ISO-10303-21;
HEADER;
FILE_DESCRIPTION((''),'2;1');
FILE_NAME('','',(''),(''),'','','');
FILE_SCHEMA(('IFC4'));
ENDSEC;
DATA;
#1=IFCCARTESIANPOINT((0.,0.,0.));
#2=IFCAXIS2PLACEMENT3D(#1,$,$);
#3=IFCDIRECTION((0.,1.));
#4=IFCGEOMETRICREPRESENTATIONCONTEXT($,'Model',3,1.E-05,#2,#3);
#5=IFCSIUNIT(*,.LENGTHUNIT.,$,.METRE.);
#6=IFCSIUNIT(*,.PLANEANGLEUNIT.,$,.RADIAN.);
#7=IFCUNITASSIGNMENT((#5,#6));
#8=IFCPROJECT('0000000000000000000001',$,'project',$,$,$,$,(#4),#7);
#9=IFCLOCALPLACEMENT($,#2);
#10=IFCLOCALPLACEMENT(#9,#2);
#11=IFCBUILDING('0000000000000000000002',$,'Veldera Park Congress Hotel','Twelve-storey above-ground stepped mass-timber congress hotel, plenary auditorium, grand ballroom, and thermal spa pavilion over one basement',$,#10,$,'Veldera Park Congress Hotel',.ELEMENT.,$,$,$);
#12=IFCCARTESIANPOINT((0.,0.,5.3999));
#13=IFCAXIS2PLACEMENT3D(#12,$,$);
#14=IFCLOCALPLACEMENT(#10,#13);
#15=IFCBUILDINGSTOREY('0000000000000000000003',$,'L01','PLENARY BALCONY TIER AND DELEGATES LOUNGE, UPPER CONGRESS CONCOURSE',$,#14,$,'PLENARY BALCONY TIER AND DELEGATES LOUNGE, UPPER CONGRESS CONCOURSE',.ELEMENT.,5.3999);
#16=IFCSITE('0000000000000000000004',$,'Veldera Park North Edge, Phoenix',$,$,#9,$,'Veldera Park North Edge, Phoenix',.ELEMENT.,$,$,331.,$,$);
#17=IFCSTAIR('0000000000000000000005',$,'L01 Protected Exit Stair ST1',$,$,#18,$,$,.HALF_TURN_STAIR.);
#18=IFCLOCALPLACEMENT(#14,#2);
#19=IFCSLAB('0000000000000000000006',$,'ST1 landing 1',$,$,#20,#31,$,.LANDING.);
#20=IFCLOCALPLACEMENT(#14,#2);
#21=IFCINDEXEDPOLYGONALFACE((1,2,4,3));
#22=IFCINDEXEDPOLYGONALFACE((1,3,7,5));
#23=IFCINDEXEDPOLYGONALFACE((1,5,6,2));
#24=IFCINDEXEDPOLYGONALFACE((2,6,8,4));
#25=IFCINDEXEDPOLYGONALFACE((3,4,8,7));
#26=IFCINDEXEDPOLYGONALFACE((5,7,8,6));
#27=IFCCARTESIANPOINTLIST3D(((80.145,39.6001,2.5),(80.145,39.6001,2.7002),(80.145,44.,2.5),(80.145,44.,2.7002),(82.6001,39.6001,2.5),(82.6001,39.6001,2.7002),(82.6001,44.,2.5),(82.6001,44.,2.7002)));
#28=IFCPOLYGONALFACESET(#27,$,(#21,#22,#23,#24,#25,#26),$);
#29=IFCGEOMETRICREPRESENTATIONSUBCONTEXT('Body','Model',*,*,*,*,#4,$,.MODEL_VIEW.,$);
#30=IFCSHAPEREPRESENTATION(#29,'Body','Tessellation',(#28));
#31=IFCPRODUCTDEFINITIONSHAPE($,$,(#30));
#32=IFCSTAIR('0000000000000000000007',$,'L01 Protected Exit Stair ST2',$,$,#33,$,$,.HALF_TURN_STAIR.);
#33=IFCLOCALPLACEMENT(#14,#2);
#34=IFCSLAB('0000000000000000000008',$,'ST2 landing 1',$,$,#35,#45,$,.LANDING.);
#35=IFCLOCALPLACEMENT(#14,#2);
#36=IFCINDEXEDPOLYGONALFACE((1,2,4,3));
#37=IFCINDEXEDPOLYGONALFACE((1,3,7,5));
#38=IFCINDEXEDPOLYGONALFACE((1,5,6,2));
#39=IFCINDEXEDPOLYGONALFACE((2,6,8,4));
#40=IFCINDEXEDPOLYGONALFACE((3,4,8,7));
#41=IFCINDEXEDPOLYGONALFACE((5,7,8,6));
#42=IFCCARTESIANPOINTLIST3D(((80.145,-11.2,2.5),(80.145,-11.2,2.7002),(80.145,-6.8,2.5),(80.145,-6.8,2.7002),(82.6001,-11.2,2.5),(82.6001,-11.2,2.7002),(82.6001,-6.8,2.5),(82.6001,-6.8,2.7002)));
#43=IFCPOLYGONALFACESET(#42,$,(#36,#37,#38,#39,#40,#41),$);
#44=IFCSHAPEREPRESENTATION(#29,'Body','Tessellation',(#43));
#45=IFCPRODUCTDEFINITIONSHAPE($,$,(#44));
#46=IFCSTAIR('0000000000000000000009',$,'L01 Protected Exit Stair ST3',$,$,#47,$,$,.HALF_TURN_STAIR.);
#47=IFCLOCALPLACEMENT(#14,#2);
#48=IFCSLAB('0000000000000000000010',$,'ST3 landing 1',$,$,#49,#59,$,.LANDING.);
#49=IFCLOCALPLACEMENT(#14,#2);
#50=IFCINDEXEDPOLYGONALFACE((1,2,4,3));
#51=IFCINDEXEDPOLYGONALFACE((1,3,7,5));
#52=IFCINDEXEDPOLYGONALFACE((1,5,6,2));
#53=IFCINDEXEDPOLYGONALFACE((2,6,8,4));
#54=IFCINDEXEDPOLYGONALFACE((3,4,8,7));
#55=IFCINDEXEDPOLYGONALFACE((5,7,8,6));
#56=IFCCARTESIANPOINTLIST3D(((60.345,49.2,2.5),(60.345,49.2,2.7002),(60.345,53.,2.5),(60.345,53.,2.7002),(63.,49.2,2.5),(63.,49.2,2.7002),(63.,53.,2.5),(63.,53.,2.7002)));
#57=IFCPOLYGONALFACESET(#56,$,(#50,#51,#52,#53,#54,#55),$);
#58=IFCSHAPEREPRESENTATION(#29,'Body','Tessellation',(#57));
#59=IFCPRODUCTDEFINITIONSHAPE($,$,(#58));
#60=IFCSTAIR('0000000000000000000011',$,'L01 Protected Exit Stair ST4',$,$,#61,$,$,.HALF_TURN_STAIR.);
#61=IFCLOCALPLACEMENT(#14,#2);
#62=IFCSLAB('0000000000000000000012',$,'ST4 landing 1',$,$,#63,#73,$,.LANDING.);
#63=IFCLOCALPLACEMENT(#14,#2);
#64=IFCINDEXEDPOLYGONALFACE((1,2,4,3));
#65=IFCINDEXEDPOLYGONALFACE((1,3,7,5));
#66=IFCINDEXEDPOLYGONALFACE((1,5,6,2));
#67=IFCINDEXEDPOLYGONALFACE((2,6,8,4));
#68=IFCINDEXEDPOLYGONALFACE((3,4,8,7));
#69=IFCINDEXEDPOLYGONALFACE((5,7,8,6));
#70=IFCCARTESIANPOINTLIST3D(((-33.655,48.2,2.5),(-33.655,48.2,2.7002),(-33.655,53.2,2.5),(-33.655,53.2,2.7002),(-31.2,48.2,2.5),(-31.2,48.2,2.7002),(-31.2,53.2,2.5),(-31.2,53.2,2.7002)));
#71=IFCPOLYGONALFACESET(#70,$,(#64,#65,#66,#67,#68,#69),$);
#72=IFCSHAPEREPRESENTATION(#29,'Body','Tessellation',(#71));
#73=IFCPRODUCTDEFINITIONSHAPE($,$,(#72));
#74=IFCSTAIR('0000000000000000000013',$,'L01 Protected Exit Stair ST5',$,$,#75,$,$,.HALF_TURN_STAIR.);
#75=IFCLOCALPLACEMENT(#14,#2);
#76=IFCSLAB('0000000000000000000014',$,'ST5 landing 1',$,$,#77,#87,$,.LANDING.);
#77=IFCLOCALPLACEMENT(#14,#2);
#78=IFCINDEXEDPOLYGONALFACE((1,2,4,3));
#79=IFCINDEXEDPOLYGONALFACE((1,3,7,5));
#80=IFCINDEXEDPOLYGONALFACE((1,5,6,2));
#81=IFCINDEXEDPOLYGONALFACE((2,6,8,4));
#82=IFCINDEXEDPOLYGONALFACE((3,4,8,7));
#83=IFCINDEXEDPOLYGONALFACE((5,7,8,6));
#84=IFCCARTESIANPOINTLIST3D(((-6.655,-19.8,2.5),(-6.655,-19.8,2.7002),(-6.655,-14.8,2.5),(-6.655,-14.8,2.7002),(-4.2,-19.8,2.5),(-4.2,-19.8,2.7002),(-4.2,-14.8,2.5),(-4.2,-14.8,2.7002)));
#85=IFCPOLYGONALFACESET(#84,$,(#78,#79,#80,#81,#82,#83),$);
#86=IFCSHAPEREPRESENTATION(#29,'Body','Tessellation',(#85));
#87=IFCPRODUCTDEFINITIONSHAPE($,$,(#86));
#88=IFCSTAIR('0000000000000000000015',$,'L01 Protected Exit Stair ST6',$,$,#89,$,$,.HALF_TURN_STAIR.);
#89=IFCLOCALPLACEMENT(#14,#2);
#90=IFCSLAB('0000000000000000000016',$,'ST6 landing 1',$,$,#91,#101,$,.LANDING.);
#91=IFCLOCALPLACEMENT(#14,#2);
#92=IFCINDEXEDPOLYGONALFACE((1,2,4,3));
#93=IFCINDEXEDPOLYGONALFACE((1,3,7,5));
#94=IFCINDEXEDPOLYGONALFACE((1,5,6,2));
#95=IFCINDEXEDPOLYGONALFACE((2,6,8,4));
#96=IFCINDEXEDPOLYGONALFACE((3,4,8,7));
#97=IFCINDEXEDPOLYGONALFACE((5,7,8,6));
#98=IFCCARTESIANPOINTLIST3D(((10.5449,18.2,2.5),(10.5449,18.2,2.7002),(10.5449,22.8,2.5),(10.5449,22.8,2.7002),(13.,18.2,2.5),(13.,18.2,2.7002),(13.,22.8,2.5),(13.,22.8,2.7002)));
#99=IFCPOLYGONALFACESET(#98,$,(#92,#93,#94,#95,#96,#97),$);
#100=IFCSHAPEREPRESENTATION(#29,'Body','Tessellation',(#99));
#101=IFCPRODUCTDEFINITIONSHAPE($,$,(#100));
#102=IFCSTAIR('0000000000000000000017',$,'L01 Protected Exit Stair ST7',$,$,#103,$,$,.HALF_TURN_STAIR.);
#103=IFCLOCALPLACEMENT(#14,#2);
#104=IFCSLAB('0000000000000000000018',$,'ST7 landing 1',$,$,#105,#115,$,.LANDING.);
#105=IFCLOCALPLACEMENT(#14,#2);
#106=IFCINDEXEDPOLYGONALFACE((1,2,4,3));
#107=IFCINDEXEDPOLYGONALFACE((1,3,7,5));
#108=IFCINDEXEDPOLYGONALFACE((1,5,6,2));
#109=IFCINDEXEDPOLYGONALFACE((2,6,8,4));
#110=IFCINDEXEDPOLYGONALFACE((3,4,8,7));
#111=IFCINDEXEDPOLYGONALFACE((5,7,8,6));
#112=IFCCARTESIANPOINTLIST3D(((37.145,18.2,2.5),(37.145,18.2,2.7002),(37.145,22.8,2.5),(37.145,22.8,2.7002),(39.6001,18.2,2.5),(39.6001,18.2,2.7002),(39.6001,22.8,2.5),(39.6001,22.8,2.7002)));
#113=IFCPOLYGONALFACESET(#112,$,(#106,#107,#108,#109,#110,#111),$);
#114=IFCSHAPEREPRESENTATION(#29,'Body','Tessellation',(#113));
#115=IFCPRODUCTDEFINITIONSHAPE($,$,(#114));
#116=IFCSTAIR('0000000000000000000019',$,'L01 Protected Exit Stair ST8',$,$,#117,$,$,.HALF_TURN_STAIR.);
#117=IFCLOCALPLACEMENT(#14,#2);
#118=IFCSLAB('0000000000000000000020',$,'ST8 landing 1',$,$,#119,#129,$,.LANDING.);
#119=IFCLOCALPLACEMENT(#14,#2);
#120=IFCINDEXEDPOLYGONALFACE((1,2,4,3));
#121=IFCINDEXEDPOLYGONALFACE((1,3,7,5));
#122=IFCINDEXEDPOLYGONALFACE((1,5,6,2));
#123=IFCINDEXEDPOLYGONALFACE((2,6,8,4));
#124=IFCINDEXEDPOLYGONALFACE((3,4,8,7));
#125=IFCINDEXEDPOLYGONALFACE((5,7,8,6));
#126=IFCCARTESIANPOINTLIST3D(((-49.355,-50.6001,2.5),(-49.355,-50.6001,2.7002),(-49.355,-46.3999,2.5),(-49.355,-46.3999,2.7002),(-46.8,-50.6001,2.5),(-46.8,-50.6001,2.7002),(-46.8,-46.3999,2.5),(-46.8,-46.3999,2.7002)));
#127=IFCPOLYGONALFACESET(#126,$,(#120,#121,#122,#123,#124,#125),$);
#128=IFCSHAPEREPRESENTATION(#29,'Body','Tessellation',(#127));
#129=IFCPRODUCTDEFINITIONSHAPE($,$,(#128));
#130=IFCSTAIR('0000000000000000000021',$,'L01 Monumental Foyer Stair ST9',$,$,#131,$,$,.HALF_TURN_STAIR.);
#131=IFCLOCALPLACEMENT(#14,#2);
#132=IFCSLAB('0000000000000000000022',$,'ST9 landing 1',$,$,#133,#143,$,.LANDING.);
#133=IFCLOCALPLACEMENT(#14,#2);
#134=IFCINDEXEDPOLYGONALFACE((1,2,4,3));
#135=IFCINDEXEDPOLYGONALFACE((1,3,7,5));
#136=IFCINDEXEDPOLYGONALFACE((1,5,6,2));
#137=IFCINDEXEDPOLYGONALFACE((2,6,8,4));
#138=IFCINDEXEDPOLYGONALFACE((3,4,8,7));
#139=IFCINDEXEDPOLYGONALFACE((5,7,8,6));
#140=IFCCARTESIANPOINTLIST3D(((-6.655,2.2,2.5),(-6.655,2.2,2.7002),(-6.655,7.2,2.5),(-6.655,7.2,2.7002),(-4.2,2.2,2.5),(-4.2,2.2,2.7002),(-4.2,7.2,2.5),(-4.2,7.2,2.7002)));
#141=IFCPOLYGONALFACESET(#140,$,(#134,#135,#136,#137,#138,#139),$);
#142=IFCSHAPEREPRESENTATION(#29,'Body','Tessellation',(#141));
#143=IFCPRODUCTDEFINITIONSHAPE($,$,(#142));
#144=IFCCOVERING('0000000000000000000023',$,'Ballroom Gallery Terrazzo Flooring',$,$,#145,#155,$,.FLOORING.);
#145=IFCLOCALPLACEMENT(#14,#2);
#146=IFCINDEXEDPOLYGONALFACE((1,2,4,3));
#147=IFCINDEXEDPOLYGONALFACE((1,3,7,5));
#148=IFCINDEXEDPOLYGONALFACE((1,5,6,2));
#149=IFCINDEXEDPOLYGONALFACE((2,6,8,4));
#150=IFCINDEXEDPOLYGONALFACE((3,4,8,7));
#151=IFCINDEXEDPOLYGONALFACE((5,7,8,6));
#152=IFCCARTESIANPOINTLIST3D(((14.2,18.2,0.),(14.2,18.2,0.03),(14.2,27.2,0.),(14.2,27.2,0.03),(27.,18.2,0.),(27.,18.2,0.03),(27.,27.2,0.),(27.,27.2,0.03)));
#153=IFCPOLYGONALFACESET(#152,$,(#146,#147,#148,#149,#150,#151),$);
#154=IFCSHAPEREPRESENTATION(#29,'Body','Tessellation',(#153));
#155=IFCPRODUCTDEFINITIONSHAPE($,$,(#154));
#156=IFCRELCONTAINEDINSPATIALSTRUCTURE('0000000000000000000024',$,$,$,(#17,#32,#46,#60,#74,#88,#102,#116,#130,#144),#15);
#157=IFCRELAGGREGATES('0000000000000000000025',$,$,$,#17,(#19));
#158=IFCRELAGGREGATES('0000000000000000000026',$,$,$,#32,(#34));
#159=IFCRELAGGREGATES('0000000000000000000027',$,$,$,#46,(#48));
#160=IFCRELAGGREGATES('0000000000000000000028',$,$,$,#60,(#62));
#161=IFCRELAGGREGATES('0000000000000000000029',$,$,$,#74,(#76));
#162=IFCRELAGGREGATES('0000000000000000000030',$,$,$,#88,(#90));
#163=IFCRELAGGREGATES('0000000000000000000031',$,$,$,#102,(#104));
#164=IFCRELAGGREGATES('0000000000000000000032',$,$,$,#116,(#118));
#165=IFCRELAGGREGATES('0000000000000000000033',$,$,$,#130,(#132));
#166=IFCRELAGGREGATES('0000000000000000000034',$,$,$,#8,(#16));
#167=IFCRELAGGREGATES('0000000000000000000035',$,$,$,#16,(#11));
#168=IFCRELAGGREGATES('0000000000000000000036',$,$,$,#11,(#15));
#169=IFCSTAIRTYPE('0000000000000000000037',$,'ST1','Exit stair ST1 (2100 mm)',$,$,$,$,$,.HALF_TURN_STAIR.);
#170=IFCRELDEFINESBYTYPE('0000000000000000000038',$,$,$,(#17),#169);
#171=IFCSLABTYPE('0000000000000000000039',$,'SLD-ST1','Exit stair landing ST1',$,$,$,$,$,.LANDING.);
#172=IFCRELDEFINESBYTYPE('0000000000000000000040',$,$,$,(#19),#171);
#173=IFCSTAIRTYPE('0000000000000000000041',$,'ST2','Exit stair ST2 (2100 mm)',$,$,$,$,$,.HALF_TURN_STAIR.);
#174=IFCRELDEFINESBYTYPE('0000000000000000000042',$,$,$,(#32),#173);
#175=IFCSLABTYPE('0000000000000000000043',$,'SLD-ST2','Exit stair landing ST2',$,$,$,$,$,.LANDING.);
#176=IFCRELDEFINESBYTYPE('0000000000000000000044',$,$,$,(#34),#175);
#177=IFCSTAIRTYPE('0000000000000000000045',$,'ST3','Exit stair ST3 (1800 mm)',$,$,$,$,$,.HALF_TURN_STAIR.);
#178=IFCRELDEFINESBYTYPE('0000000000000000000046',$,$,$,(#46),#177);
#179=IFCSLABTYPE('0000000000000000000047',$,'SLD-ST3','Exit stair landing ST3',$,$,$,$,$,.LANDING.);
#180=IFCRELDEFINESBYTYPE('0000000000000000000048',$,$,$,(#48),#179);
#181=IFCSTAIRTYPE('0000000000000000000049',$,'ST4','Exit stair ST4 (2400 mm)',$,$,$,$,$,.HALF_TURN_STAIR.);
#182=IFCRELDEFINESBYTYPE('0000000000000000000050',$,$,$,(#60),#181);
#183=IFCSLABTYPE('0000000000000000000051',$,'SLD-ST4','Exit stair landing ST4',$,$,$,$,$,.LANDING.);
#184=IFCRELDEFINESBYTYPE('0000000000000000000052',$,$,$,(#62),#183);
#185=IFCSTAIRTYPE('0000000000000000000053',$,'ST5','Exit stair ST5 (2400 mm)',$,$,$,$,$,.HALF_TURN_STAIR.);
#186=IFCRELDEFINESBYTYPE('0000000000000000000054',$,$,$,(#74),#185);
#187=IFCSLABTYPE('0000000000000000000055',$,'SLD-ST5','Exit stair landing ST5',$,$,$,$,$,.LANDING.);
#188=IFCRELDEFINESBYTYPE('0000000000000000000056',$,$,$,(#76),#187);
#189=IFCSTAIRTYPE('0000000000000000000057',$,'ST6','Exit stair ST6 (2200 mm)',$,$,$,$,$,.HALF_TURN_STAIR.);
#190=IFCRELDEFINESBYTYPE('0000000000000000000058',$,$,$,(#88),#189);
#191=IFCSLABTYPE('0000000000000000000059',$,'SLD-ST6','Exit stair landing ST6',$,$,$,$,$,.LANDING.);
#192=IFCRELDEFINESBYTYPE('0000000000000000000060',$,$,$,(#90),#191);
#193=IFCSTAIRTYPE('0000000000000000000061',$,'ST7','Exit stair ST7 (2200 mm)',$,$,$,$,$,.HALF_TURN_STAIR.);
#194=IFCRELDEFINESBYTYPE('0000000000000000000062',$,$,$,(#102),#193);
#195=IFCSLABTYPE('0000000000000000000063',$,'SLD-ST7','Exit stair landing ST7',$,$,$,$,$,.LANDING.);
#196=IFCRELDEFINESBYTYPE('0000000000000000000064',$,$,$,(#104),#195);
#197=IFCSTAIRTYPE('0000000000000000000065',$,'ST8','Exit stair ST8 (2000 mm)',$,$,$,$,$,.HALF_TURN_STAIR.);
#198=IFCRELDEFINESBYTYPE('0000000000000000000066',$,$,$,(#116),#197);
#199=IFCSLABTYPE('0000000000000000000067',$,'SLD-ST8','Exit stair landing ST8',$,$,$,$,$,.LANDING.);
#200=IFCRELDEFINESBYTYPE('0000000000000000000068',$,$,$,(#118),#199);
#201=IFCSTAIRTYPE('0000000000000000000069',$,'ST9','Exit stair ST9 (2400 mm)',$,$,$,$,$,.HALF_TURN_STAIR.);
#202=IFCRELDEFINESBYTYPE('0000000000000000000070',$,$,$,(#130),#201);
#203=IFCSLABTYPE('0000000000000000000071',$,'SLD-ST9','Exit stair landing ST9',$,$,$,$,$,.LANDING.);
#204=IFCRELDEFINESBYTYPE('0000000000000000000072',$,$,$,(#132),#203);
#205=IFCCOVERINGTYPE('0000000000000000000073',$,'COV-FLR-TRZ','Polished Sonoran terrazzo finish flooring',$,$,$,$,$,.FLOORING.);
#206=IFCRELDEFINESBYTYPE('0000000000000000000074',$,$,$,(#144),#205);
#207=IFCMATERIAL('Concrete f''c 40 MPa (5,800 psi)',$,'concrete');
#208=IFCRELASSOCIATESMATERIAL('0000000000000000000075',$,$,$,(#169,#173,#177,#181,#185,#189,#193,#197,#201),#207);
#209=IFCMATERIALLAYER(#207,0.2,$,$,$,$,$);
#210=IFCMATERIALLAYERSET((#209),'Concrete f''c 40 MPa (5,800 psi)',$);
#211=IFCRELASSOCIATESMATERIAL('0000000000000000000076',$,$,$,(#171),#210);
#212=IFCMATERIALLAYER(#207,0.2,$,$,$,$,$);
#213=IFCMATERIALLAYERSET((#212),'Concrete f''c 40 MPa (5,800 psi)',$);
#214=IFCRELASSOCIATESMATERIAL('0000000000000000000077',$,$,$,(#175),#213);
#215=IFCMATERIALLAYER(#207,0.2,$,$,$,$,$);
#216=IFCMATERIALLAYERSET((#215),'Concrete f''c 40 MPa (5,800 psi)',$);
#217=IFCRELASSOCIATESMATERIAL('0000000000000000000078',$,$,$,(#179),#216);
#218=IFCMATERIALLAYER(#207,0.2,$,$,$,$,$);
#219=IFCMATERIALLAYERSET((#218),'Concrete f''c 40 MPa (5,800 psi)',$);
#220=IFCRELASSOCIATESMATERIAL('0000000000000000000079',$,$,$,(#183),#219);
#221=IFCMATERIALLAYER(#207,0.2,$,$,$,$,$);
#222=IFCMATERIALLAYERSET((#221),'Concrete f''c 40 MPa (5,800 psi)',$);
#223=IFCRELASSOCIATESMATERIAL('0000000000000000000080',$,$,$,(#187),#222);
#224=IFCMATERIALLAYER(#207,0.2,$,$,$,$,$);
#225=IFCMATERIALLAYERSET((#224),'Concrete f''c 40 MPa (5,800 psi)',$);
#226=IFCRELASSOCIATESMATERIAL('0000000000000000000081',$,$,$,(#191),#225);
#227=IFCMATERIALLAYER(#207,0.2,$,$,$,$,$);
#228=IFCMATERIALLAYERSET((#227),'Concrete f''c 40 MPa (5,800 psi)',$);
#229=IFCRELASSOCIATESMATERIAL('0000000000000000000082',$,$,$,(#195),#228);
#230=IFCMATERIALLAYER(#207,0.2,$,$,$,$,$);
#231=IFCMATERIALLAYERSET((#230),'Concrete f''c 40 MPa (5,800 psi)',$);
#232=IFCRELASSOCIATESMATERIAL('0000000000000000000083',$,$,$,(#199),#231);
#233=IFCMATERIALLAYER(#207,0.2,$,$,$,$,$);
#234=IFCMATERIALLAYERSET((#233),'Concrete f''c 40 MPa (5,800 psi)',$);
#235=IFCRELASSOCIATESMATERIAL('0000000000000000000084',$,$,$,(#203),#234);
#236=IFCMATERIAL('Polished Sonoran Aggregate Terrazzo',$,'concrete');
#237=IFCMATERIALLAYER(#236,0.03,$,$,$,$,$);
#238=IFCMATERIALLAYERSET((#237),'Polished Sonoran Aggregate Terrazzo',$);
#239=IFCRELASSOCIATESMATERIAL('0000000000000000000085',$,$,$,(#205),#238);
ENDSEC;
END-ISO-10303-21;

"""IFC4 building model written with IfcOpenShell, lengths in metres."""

from ifc_helpers import new_model, si_unit, direction, frame, origin, place, context, subcontext, project, spatial, polyline, outline, extrude, material, layer, layer_set, type_object, element, aggregate, save


model = new_model("IFC4")

# Units and contexts
model_context = context("Model", 3, precision=1e-05, world=origin(), true_north=direction((0.0, 1.0)))
body_context = subcontext(model_context, "Body", "Model", "MODEL_VIEW")
ifc_project = project(units=[si_unit("LENGTHUNIT", "METRE"), si_unit("PLANEANGLEUNIT", "RADIAN")], contexts=[model_context])

# Site, building, storey
site_placement = place(None, origin())
site = spatial("IfcSite", under=ifc_project, at=site_placement, Name="Veldera Park North Edge, Phoenix", LongName="Veldera Park North Edge, Phoenix", CompositionType="ELEMENT", RefElevation=331.0)
building_placement = place(site_placement, origin())
building = spatial("IfcBuilding", under=site, at=building_placement, Name="Veldera Park Congress Hotel", Description="Twelve-storey above-ground stepped mass-timber congress hotel, plenary auditorium, grand ballroom, and thermal spa pavilion over one basement", LongName="Veldera Park Congress Hotel", CompositionType="ELEMENT")
storey_placement = place(building_placement, frame((0.0, 0.0, 5.3999)))
storey = spatial("IfcBuildingStorey", under=building, at=storey_placement, Name="L01", Description="PLENARY BALCONY TIER AND DELEGATES LOUNGE, UPPER CONGRESS CONCOURSE", LongName="PLENARY BALCONY TIER AND DELEGATES LOUNGE, UPPER CONGRESS CONCOURSE", CompositionType="ELEMENT", Elevation=5.3999)

# Shared definitions
ifc_material_1 = material(Name="Concrete f'c 40 MPa (5,800 psi)", Category="concrete")

# Stairs, slabs
stair_type_1 = type_object("IfcStairType", Name="ST1", Description="Exit stair ST1 (2100 mm)", PredefinedType="HALF_TURN_STAIR", material=ifc_material_1)
stair_1_placement = place(storey_placement, origin())
stair_1 = element("IfcStair", 1, at=stair_1_placement, inside=storey, type_object=stair_type_1, Name="L01 Protected Exit Stair ST1", PredefinedType="HALF_TURN_STAIR")
ifc_layer_1 = layer(ifc_material_1, 0.2)
ifc_layer_set_1 = layer_set([ifc_layer_1], Name="Concrete f'c 40 MPa (5,800 psi)")
slab_type_1 = type_object("IfcSlabType", Name="SLD-ST1", Description="Exit stair landing ST1", PredefinedType="LANDING", material=ifc_layer_set_1)
slab_1_placement = place(storey_placement, frame((0.0, 0.0, 2.5)))
slab_1 = element("IfcSlab", 2, at=slab_1_placement, type_object=slab_type_1, Name="ST1 landing 1", PredefinedType="LANDING", context=body_context, shape_type="SweptSolid", body=[
    extrude(outline(polyline([(80.145, 39.6001), (82.6001, 39.6001), (82.6001, 44.0), (80.145, 44.0), (80.145, 39.6001)])), origin(), (0.0, 0.0, 1.0), 0.2002),
])
aggregate(stair_1, [slab_1])
stair_type_2 = type_object("IfcStairType", Name="ST2", Description="Exit stair ST2 (2100 mm)", PredefinedType="HALF_TURN_STAIR", material=ifc_material_1)
stair_2_placement = place(storey_placement, origin())
stair_2 = element("IfcStair", 3, at=stair_2_placement, inside=storey, type_object=stair_type_2, Name="L01 Protected Exit Stair ST2", PredefinedType="HALF_TURN_STAIR")
ifc_layer_2 = layer(ifc_material_1, 0.2)
ifc_layer_set_2 = layer_set([ifc_layer_2], Name="Concrete f'c 40 MPa (5,800 psi)")
slab_type_2 = type_object("IfcSlabType", Name="SLD-ST2", Description="Exit stair landing ST2", PredefinedType="LANDING", material=ifc_layer_set_2)
slab_2_placement = place(storey_placement, frame((0.0, 0.0, 2.5)))
slab_2 = element("IfcSlab", 4, at=slab_2_placement, type_object=slab_type_2, Name="ST2 landing 1", PredefinedType="LANDING", context=body_context, shape_type="SweptSolid", body=[
    extrude(outline(polyline([(80.145, -11.2), (82.6001, -11.2), (82.6001, -6.8), (80.145, -6.8), (80.145, -11.2)])), origin(), (0.0, 0.0, 1.0), 0.2002),
])
aggregate(stair_2, [slab_2])
stair_type_3 = type_object("IfcStairType", Name="ST3", Description="Exit stair ST3 (1800 mm)", PredefinedType="HALF_TURN_STAIR", material=ifc_material_1)
stair_3_placement = place(storey_placement, origin())
stair_3 = element("IfcStair", 5, at=stair_3_placement, inside=storey, type_object=stair_type_3, Name="L01 Protected Exit Stair ST3", PredefinedType="HALF_TURN_STAIR")
ifc_layer_3 = layer(ifc_material_1, 0.2)
ifc_layer_set_3 = layer_set([ifc_layer_3], Name="Concrete f'c 40 MPa (5,800 psi)")
slab_type_3 = type_object("IfcSlabType", Name="SLD-ST3", Description="Exit stair landing ST3", PredefinedType="LANDING", material=ifc_layer_set_3)
slab_3_placement = place(storey_placement, frame((0.0, 0.0, 2.5)))
slab_3 = element("IfcSlab", 6, at=slab_3_placement, type_object=slab_type_3, Name="ST3 landing 1", PredefinedType="LANDING", context=body_context, shape_type="SweptSolid", body=[
    extrude(outline(polyline([(60.345, 49.2), (63.0, 49.2), (63.0, 53.0), (60.345, 53.0), (60.345, 49.2)])), origin(), (0.0, 0.0, 1.0), 0.2002),
])
aggregate(stair_3, [slab_3])
stair_type_4 = type_object("IfcStairType", Name="ST4", Description="Exit stair ST4 (2400 mm)", PredefinedType="HALF_TURN_STAIR", material=ifc_material_1)
stair_4_placement = place(storey_placement, origin())
stair_4 = element("IfcStair", 7, at=stair_4_placement, inside=storey, type_object=stair_type_4, Name="L01 Protected Exit Stair ST4", PredefinedType="HALF_TURN_STAIR")
ifc_layer_4 = layer(ifc_material_1, 0.2)
ifc_layer_set_4 = layer_set([ifc_layer_4], Name="Concrete f'c 40 MPa (5,800 psi)")
slab_type_4 = type_object("IfcSlabType", Name="SLD-ST4", Description="Exit stair landing ST4", PredefinedType="LANDING", material=ifc_layer_set_4)
slab_4_placement = place(storey_placement, frame((0.0, 0.0, 2.5)))
slab_4 = element("IfcSlab", 8, at=slab_4_placement, type_object=slab_type_4, Name="ST4 landing 1", PredefinedType="LANDING", context=body_context, shape_type="SweptSolid", body=[
    extrude(outline(polyline([(-33.655, 48.2), (-31.2, 48.2), (-31.2, 53.2), (-33.655, 53.2), (-33.655, 48.2)])), origin(), (0.0, 0.0, 1.0), 0.2002),
])
aggregate(stair_4, [slab_4])
stair_type_5 = type_object("IfcStairType", Name="ST5", Description="Exit stair ST5 (2400 mm)", PredefinedType="HALF_TURN_STAIR", material=ifc_material_1)
stair_5_placement = place(storey_placement, origin())
stair_5 = element("IfcStair", 9, at=stair_5_placement, inside=storey, type_object=stair_type_5, Name="L01 Protected Exit Stair ST5", PredefinedType="HALF_TURN_STAIR")
ifc_layer_5 = layer(ifc_material_1, 0.2)
ifc_layer_set_5 = layer_set([ifc_layer_5], Name="Concrete f'c 40 MPa (5,800 psi)")
slab_type_5 = type_object("IfcSlabType", Name="SLD-ST5", Description="Exit stair landing ST5", PredefinedType="LANDING", material=ifc_layer_set_5)
slab_5_placement = place(storey_placement, frame((0.0, 0.0, 2.5)))
slab_5 = element("IfcSlab", 10, at=slab_5_placement, type_object=slab_type_5, Name="ST5 landing 1", PredefinedType="LANDING", context=body_context, shape_type="SweptSolid", body=[
    extrude(outline(polyline([(-6.655, -19.8), (-4.2, -19.8), (-4.2, -14.8), (-6.655, -14.8), (-6.655, -19.8)])), origin(), (0.0, 0.0, 1.0), 0.2002),
])
aggregate(stair_5, [slab_5])
stair_type_6 = type_object("IfcStairType", Name="ST6", Description="Exit stair ST6 (2200 mm)", PredefinedType="HALF_TURN_STAIR", material=ifc_material_1)
stair_6_placement = place(storey_placement, origin())
stair_6 = element("IfcStair", 11, at=stair_6_placement, inside=storey, type_object=stair_type_6, Name="L01 Protected Exit Stair ST6", PredefinedType="HALF_TURN_STAIR")
ifc_layer_6 = layer(ifc_material_1, 0.2)
ifc_layer_set_6 = layer_set([ifc_layer_6], Name="Concrete f'c 40 MPa (5,800 psi)")
slab_type_6 = type_object("IfcSlabType", Name="SLD-ST6", Description="Exit stair landing ST6", PredefinedType="LANDING", material=ifc_layer_set_6)
slab_6_placement = place(storey_placement, frame((0.0, 0.0, 2.5)))
slab_6 = element("IfcSlab", 12, at=slab_6_placement, type_object=slab_type_6, Name="ST6 landing 1", PredefinedType="LANDING", context=body_context, shape_type="SweptSolid", body=[
    extrude(outline(polyline([(10.5449, 18.2), (13.0, 18.2), (13.0, 22.8), (10.5449, 22.8), (10.5449, 18.2)])), origin(), (0.0, 0.0, 1.0), 0.2002),
])
aggregate(stair_6, [slab_6])
stair_type_7 = type_object("IfcStairType", Name="ST7", Description="Exit stair ST7 (2200 mm)", PredefinedType="HALF_TURN_STAIR", material=ifc_material_1)
stair_7_placement = place(storey_placement, origin())
stair_7 = element("IfcStair", 13, at=stair_7_placement, inside=storey, type_object=stair_type_7, Name="L01 Protected Exit Stair ST7", PredefinedType="HALF_TURN_STAIR")
ifc_layer_7 = layer(ifc_material_1, 0.2)
ifc_layer_set_7 = layer_set([ifc_layer_7], Name="Concrete f'c 40 MPa (5,800 psi)")
slab_type_7 = type_object("IfcSlabType", Name="SLD-ST7", Description="Exit stair landing ST7", PredefinedType="LANDING", material=ifc_layer_set_7)
slab_7_placement = place(storey_placement, frame((0.0, 0.0, 2.5)))
slab_7 = element("IfcSlab", 14, at=slab_7_placement, type_object=slab_type_7, Name="ST7 landing 1", PredefinedType="LANDING", context=body_context, shape_type="SweptSolid", body=[
    extrude(outline(polyline([(37.145, 18.2), (39.6001, 18.2), (39.6001, 22.8), (37.145, 22.8), (37.145, 18.2)])), origin(), (0.0, 0.0, 1.0), 0.2002),
])
aggregate(stair_7, [slab_7])
stair_type_8 = type_object("IfcStairType", Name="ST8", Description="Exit stair ST8 (2000 mm)", PredefinedType="HALF_TURN_STAIR", material=ifc_material_1)
stair_8_placement = place(storey_placement, origin())
stair_8 = element("IfcStair", 15, at=stair_8_placement, inside=storey, type_object=stair_type_8, Name="L01 Protected Exit Stair ST8", PredefinedType="HALF_TURN_STAIR")
ifc_layer_8 = layer(ifc_material_1, 0.2)
ifc_layer_set_8 = layer_set([ifc_layer_8], Name="Concrete f'c 40 MPa (5,800 psi)")
slab_type_8 = type_object("IfcSlabType", Name="SLD-ST8", Description="Exit stair landing ST8", PredefinedType="LANDING", material=ifc_layer_set_8)
slab_8_placement = place(storey_placement, frame((0.0, 0.0, 2.5)))
slab_8 = element("IfcSlab", 16, at=slab_8_placement, type_object=slab_type_8, Name="ST8 landing 1", PredefinedType="LANDING", context=body_context, shape_type="SweptSolid", body=[
    extrude(outline(polyline([(-49.355, -50.6001), (-46.8, -50.6001), (-46.8, -46.3999), (-49.355, -46.3999), (-49.355, -50.6001)])), origin(), (0.0, 0.0, 1.0), 0.2002),
])
aggregate(stair_8, [slab_8])
stair_type_9 = type_object("IfcStairType", Name="ST9", Description="Exit stair ST9 (2400 mm)", PredefinedType="HALF_TURN_STAIR", material=ifc_material_1)
stair_9_placement = place(storey_placement, origin())
stair_9 = element("IfcStair", 17, at=stair_9_placement, inside=storey, type_object=stair_type_9, Name="L01 Monumental Foyer Stair ST9", PredefinedType="HALF_TURN_STAIR")
ifc_layer_9 = layer(ifc_material_1, 0.2)
ifc_layer_set_9 = layer_set([ifc_layer_9], Name="Concrete f'c 40 MPa (5,800 psi)")
slab_type_9 = type_object("IfcSlabType", Name="SLD-ST9", Description="Exit stair landing ST9", PredefinedType="LANDING", material=ifc_layer_set_9)
slab_9_placement = place(storey_placement, frame((0.0, 0.0, 2.5)))
slab_9 = element("IfcSlab", 18, at=slab_9_placement, type_object=slab_type_9, Name="ST9 landing 1", PredefinedType="LANDING", context=body_context, shape_type="SweptSolid", body=[
    extrude(outline(polyline([(-6.655, 2.2), (-4.2, 2.2), (-4.2, 7.2), (-6.655, 7.2), (-6.655, 2.2)])), origin(), (0.0, 0.0, 1.0), 0.2002),
])
aggregate(stair_9, [slab_9])

# Covering
ifc_material_2 = material(Name="Polished Sonoran Aggregate Terrazzo", Category="concrete")
ifc_layer_10 = layer(ifc_material_2, 0.03)
ifc_layer_set_10 = layer_set([ifc_layer_10], Name="Polished Sonoran Aggregate Terrazzo")
covering_type = type_object("IfcCoveringType", Name="COV-FLR-TRZ", Description="Polished Sonoran terrazzo finish flooring", PredefinedType="FLOORING", material=ifc_layer_set_10)
covering_placement = place(storey_placement, origin())
element("IfcCovering", 19, at=covering_placement, inside=storey, type_object=covering_type, Name="Ballroom Gallery Terrazzo Flooring", PredefinedType="FLOORING", context=body_context, shape_type="SweptSolid", body=[
    extrude(outline(polyline([(14.2, 18.2), (27.0, 18.2), (27.0, 27.2), (14.2, 27.2), (14.2, 18.2)])), origin(), (0.0, 0.0, 1.0), 0.03),
])

save(model, "model.ifc")
